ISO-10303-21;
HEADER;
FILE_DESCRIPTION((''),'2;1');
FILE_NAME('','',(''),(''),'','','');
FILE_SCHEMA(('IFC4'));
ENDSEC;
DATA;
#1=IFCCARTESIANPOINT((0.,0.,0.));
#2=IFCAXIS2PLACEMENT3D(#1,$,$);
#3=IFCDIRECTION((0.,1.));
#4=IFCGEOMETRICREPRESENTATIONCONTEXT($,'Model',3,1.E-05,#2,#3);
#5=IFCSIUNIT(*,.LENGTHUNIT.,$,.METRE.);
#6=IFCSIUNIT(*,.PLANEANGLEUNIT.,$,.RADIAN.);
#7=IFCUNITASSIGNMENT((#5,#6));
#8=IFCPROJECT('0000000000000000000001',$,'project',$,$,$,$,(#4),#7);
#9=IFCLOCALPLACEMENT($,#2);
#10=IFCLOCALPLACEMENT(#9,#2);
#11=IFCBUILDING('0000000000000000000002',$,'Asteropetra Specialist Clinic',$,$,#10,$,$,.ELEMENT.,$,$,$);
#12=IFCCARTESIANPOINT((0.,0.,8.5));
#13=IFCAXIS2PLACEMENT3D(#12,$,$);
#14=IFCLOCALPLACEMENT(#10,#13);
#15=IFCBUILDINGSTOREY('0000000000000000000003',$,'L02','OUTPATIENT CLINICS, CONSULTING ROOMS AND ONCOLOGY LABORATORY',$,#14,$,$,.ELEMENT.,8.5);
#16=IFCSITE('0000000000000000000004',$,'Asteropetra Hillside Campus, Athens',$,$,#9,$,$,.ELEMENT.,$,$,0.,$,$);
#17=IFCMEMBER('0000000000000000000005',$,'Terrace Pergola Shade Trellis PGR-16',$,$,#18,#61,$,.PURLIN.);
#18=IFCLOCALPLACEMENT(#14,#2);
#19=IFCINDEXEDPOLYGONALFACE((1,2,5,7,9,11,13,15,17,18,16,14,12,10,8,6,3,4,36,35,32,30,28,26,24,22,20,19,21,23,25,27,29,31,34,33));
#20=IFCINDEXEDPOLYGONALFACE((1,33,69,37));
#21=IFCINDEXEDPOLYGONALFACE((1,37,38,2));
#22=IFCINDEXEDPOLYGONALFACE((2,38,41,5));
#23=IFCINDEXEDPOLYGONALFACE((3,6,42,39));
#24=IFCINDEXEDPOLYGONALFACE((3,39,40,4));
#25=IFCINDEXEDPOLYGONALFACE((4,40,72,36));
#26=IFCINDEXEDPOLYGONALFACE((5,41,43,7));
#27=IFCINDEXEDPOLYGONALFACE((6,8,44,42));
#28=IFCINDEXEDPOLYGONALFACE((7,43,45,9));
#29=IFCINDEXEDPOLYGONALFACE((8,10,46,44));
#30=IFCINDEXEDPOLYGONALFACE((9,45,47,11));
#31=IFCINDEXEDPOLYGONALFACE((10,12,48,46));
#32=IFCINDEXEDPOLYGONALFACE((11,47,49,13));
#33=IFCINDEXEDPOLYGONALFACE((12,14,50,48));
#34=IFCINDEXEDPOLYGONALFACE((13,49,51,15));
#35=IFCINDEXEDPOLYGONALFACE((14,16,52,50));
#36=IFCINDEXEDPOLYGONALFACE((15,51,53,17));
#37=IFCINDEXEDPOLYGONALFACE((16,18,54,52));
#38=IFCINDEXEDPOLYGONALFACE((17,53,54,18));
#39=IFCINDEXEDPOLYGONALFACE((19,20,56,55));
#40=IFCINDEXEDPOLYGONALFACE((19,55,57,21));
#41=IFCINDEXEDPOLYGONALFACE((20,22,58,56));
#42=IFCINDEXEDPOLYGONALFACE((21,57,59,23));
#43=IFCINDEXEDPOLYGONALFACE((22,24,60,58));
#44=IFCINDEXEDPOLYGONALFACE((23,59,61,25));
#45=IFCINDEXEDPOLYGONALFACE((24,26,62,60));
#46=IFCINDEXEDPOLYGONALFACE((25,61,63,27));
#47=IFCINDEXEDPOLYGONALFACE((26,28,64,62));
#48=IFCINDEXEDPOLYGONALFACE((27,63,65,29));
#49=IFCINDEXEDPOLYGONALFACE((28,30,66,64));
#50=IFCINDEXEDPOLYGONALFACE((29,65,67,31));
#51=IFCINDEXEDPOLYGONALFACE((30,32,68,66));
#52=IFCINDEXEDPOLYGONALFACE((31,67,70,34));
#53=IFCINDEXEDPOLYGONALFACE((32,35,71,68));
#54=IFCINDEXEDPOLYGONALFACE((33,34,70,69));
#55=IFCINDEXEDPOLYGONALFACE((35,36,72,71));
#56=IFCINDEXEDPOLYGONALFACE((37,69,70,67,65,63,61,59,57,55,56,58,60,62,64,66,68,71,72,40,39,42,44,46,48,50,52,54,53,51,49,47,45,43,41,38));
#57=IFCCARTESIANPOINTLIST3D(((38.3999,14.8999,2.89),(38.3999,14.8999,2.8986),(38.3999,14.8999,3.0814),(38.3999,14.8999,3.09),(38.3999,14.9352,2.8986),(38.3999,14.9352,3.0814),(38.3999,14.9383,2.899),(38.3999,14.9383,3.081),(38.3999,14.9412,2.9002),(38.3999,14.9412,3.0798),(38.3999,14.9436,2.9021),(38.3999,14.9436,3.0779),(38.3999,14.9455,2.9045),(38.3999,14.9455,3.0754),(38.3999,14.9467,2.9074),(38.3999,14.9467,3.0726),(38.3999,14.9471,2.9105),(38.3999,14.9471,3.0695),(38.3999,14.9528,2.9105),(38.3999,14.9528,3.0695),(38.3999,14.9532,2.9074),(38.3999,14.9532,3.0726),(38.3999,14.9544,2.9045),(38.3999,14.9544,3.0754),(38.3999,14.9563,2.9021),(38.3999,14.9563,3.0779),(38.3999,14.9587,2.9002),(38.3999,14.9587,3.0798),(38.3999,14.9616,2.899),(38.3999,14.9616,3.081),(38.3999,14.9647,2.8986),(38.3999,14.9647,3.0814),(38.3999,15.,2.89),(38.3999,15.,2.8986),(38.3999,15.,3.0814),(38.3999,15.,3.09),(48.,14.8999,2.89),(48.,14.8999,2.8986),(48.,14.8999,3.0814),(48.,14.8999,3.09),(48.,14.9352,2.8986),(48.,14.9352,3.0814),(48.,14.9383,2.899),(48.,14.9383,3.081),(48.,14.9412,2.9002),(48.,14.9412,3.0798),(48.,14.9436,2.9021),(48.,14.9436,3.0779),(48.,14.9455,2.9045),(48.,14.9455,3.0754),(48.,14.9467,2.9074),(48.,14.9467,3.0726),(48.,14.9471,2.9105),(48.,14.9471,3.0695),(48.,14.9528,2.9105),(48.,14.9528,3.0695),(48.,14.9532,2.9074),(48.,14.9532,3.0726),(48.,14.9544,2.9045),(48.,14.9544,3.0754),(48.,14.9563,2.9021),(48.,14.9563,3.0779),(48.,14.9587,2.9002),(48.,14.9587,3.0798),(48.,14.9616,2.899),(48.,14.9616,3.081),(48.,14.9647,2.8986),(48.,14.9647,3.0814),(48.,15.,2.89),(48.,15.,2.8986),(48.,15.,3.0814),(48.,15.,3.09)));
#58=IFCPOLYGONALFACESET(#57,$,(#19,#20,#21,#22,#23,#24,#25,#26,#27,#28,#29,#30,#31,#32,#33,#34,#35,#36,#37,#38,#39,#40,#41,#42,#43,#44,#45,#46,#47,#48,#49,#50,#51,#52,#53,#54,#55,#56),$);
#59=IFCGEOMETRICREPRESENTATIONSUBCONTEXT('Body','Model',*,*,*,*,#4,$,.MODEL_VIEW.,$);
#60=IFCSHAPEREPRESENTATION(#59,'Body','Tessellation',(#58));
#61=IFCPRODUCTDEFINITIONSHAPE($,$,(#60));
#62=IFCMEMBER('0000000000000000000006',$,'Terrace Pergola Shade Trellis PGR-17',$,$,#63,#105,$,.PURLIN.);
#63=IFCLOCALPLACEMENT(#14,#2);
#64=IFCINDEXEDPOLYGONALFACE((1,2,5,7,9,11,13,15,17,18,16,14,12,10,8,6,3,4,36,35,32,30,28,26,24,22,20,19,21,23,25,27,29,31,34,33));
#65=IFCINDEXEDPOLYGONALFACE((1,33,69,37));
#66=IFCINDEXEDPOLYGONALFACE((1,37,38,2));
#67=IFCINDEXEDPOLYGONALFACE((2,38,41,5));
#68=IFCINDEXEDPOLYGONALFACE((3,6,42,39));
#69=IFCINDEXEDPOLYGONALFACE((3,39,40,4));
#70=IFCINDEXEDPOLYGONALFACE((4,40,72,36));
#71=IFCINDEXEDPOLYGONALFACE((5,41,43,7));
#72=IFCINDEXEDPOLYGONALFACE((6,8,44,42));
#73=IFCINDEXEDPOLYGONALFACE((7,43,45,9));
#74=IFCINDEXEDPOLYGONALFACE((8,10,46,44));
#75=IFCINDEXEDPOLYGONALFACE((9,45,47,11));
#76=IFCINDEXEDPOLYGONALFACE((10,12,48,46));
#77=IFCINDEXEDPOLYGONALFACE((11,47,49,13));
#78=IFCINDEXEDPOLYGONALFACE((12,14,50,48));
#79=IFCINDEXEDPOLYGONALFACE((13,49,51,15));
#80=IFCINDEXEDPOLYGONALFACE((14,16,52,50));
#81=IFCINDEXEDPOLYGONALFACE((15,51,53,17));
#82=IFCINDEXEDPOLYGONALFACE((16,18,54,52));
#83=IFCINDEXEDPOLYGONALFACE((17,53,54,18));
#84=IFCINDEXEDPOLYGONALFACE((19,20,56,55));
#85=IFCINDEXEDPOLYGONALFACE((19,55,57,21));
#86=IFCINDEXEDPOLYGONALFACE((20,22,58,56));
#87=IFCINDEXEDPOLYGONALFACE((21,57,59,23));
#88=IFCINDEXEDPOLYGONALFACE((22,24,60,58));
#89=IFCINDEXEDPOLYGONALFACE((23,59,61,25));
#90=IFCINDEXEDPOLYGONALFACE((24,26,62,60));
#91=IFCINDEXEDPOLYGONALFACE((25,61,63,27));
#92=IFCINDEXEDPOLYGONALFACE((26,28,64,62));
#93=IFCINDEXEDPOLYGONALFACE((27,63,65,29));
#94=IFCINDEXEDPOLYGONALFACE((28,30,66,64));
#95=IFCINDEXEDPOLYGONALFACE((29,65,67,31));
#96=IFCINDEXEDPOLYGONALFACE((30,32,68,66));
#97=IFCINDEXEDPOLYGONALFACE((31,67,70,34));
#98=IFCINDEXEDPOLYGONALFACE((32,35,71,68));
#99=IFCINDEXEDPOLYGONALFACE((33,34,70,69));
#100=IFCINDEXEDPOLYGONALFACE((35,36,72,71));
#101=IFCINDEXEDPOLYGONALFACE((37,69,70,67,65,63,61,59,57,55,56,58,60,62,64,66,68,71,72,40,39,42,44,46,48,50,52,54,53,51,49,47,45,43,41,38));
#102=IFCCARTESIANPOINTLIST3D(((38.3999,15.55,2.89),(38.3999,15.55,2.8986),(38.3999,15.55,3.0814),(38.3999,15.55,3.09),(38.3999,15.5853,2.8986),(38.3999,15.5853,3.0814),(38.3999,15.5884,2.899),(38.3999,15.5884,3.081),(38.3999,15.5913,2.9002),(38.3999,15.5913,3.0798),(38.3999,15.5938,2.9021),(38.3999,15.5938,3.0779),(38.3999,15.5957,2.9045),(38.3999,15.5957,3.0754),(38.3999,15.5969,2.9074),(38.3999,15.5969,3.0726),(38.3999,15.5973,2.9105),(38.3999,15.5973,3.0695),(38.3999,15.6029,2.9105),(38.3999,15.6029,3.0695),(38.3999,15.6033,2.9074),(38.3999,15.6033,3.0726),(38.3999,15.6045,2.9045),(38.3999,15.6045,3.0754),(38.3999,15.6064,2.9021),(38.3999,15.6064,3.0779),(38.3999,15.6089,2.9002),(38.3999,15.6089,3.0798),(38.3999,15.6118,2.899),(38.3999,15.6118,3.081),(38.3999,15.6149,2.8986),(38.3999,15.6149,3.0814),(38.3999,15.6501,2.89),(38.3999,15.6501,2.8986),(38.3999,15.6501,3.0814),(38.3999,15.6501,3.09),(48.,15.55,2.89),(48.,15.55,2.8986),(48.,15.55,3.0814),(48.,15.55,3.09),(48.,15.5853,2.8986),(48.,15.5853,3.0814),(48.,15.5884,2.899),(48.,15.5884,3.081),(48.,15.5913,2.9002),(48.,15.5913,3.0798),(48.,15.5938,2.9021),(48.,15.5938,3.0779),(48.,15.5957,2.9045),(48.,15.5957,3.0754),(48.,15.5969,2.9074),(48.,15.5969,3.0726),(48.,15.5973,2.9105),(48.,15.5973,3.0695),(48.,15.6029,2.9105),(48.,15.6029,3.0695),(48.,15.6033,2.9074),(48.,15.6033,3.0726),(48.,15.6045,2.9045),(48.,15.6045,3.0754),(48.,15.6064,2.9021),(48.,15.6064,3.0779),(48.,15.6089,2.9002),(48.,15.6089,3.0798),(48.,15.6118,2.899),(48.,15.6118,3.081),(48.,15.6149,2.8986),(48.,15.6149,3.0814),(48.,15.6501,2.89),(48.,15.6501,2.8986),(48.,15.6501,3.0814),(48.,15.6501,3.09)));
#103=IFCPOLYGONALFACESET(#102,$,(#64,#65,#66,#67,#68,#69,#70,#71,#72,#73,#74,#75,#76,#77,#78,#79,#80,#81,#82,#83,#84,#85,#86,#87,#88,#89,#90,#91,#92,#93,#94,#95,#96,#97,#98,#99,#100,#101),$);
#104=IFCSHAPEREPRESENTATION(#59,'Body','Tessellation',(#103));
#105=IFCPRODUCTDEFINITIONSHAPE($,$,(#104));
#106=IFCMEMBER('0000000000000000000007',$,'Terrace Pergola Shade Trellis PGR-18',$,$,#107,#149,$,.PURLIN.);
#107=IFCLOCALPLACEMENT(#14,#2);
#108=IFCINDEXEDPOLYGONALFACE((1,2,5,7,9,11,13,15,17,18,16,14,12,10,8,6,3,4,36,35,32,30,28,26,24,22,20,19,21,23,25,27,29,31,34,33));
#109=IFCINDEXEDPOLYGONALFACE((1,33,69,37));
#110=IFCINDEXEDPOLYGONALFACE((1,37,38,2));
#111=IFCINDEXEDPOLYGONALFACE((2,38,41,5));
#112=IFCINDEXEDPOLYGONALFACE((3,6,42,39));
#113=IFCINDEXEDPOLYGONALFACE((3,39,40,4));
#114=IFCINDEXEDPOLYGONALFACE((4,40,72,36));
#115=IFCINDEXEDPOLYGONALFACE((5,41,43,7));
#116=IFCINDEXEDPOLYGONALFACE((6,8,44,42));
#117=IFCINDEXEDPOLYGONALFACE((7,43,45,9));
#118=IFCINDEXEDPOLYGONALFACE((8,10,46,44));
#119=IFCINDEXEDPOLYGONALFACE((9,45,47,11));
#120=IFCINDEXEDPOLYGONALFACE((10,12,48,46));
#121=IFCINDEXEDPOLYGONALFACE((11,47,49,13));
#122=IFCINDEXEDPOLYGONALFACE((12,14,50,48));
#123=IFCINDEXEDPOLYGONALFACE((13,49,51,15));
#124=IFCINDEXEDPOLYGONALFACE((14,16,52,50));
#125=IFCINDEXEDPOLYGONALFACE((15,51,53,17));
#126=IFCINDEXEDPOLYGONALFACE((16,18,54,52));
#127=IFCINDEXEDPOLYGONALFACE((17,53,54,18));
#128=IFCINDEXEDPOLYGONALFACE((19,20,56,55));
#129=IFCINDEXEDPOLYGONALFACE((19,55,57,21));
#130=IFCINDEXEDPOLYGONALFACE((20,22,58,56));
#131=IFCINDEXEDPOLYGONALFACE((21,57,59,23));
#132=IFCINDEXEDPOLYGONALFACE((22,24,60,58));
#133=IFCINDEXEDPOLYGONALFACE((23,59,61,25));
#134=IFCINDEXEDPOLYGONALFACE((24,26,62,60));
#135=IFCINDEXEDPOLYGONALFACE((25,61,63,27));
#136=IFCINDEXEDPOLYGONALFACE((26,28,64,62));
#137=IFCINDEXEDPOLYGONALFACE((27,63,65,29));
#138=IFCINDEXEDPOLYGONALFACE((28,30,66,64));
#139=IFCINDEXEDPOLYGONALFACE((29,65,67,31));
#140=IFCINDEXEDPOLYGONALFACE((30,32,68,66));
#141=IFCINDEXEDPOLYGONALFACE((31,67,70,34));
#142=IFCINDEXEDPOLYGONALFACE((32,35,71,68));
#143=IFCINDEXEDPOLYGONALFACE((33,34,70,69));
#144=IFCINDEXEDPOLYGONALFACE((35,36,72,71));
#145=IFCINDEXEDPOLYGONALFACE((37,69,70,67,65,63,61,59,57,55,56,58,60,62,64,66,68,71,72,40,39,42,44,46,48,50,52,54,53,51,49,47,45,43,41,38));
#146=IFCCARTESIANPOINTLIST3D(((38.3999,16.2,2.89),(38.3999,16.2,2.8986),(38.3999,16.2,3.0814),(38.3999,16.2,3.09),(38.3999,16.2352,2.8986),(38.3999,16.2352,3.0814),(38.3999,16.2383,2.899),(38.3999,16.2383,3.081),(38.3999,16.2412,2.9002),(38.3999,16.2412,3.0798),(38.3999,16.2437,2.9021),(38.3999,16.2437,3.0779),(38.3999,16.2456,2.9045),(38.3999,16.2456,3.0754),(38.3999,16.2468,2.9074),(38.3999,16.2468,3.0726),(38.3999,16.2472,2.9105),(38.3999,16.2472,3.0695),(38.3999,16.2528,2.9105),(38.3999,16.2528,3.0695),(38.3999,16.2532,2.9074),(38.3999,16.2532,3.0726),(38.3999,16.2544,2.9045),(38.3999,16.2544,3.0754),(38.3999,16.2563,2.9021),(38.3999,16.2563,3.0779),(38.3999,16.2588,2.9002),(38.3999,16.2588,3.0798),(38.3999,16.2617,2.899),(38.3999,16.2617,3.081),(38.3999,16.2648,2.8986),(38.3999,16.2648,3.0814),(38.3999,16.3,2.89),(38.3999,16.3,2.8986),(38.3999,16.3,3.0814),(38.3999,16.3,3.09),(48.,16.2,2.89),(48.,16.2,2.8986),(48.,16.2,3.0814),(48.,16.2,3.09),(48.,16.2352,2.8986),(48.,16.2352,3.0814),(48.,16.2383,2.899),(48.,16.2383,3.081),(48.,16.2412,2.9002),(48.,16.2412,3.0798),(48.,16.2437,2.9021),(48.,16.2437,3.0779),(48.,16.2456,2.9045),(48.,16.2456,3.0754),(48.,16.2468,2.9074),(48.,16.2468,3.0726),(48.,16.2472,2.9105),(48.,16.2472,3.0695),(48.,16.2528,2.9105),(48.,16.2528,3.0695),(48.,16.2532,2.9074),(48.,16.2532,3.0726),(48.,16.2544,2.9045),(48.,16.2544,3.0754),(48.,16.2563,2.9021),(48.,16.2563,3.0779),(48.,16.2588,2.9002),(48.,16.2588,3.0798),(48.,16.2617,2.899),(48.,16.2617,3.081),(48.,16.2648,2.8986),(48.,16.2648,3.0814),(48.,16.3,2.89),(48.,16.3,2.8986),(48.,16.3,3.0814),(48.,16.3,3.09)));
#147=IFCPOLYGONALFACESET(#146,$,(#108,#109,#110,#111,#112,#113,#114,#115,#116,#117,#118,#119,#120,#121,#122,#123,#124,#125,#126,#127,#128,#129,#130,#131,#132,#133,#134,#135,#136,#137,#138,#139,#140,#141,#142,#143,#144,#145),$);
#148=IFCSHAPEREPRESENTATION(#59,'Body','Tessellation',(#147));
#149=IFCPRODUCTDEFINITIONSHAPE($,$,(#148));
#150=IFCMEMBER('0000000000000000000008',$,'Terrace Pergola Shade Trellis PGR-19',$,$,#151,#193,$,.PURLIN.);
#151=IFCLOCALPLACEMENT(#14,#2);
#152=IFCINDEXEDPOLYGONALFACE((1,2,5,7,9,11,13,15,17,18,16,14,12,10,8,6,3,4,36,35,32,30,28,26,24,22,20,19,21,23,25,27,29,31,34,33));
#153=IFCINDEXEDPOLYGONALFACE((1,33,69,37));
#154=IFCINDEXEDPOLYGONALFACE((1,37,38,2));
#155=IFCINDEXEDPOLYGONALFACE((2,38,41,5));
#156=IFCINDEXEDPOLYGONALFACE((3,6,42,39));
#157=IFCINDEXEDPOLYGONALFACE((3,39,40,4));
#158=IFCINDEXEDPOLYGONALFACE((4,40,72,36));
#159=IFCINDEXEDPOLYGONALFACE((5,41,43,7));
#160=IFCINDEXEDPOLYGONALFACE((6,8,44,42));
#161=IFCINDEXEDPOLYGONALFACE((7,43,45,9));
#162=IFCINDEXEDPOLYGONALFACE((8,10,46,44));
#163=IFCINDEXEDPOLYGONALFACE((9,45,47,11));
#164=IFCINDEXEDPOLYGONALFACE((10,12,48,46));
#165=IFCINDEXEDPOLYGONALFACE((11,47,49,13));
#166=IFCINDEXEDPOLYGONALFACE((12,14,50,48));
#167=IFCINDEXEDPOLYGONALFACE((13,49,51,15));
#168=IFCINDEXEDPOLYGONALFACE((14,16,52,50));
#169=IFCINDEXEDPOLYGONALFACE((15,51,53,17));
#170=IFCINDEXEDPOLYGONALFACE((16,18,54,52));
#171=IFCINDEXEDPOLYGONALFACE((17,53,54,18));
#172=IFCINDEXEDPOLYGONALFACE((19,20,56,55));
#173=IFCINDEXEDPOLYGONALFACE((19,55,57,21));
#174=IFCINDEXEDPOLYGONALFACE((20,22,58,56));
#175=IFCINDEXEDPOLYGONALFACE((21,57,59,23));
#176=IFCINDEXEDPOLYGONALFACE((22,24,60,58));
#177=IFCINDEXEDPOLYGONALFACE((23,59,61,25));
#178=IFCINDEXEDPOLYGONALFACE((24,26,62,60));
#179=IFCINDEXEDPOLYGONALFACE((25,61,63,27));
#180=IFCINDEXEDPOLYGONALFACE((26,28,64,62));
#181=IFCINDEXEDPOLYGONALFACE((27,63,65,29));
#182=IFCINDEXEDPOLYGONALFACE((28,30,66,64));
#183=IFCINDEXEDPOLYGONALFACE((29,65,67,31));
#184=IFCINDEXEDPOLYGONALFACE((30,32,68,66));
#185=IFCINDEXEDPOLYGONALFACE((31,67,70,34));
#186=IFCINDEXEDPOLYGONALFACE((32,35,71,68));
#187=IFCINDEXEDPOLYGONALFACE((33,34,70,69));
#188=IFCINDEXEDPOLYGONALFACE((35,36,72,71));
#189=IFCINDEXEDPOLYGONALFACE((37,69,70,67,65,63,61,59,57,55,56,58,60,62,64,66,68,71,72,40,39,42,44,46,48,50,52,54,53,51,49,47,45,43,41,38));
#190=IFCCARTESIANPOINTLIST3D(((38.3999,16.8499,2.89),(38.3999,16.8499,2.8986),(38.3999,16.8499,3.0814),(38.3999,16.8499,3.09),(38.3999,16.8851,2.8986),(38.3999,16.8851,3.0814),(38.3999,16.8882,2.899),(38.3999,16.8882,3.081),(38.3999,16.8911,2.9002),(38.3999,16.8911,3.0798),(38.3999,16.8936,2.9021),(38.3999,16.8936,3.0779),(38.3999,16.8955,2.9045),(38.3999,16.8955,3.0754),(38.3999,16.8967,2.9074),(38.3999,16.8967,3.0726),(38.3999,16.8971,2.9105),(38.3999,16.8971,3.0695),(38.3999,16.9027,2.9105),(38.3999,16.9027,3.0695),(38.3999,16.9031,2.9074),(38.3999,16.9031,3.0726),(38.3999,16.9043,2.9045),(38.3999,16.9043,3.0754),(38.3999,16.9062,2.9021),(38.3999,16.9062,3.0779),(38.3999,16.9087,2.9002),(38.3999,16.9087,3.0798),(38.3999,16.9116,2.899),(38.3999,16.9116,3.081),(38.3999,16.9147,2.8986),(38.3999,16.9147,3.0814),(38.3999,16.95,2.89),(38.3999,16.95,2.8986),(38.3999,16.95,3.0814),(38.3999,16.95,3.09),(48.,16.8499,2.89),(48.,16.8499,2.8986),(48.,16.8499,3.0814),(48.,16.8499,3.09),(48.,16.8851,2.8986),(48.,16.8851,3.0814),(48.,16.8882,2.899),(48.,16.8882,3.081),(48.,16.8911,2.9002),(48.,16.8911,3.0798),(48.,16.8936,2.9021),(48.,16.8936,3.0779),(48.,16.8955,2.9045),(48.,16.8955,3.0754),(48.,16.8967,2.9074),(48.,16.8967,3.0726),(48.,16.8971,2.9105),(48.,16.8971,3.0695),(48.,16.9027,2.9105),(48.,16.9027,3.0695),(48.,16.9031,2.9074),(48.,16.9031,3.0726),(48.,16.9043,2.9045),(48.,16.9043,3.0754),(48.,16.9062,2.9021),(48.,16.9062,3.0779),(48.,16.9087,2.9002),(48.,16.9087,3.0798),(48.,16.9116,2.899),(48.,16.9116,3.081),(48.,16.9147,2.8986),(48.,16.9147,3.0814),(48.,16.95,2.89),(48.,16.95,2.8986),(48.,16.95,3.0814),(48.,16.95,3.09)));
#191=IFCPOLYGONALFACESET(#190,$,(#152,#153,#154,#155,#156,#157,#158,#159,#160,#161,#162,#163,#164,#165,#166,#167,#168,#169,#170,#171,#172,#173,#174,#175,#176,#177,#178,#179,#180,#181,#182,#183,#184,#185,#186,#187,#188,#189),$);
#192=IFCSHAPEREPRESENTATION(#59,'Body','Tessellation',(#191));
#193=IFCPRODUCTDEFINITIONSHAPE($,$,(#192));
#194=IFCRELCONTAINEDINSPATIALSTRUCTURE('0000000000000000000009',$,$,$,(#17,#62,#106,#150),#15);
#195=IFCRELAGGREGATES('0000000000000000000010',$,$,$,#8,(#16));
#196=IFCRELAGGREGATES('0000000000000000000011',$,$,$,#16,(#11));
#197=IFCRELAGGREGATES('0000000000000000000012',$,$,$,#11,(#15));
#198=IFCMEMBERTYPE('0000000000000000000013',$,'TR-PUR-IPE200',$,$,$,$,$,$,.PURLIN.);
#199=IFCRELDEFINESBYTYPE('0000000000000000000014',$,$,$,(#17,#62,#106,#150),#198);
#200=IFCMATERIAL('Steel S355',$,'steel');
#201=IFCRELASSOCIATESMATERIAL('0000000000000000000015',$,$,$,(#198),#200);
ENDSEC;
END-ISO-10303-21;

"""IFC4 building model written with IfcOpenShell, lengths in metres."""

from ifc_helpers import new_model, si_unit, direction, frame, origin, origin_2d, place, context, subcontext, project, spatial, i_section, extrude, material, material_profile, profile_set, type_object, element, save


model = new_model("IFC4")

# Units and contexts
model_context = context("Model", 3, precision=1e-05, world=origin(), true_north=direction((0.0, 1.0)))
body_context = subcontext(model_context, "Body", "Model", "MODEL_VIEW")
ifc_project = project(units=[si_unit("LENGTHUNIT", "METRE"), si_unit("PLANEANGLEUNIT", "RADIAN")], contexts=[model_context])

# Site, building, storey
site_placement = place(None, origin())
site = spatial("IfcSite", under=ifc_project, at=site_placement, Name="Asteropetra Hillside Campus, Athens", CompositionType="ELEMENT", RefElevation=0.0)
building_placement = place(site_placement, origin())
building = spatial("IfcBuilding", under=site, at=building_placement, Name="Asteropetra Specialist Clinic", CompositionType="ELEMENT")
storey_placement = place(building_placement, frame((0.0, 0.0, 8.5)))
storey = spatial("IfcBuildingStorey", under=building, at=storey_placement, Name="L02", Description="OUTPATIENT CLINICS, CONSULTING ROOMS AND ONCOLOGY LABORATORY", CompositionType="ELEMENT", Elevation=8.5)

# Members
ifc_material_1 = material(Name="Steel S355", Category="steel")
ifc_material_profile_1 = material_profile(ifc_material_1, i_section(OverallWidth=0.1001, OverallDepth=0.2, WebThickness=0.0056, FlangeThickness=0.0085, FilletRadius=0.012, at=origin_2d()), Name="IPE 200")
ifc_profile_set_1 = profile_set([ifc_material_profile_1], Name="Steel S355")
member_type_1 = type_object("IfcMemberType", Name="TR-PUR-IPE200", PredefinedType="PURLIN", material=ifc_profile_set_1)
for number, where, z_axis, x_axis, name in (
    (1, (38.3999, 14.95, 2.99), (1.0, 0.0, 0.0), (0.0, 1.0, 0.0), "Terrace Pergola Shade Trellis PGR-16"),
    (2, (38.3999, 15.6001, 2.99), (1.0, 0.0, 0.0), (0.0, 1.0, 0.0), "Terrace Pergola Shade Trellis PGR-17"),
    (3, (38.3999, 16.25, 2.99), (1.0, 0.0, 0.0), (0.0, 1.0, 0.0), "Terrace Pergola Shade Trellis PGR-18"),
    (4, (38.3999, 16.8999, 2.99), (1.0, 0.0, 0.0), (0.0, 1.0, 0.0), "Terrace Pergola Shade Trellis PGR-19"),
):
    element("IfcMember", number, at=place(storey_placement, frame(where, z_axis=z_axis, x_axis=x_axis)), inside=storey, type_object=member_type_1, Name=name, PredefinedType="PURLIN", context=body_context, shape_type="SweptSolid", body=[
        extrude(i_section(OverallWidth=0.1001, OverallDepth=0.2, WebThickness=0.0056, FlangeThickness=0.0085, FilletRadius=0.012, at=origin_2d()), origin(), (0.0, 0.0, 1.0), 9.6001),
    ])

save(model, "model.ifc")
